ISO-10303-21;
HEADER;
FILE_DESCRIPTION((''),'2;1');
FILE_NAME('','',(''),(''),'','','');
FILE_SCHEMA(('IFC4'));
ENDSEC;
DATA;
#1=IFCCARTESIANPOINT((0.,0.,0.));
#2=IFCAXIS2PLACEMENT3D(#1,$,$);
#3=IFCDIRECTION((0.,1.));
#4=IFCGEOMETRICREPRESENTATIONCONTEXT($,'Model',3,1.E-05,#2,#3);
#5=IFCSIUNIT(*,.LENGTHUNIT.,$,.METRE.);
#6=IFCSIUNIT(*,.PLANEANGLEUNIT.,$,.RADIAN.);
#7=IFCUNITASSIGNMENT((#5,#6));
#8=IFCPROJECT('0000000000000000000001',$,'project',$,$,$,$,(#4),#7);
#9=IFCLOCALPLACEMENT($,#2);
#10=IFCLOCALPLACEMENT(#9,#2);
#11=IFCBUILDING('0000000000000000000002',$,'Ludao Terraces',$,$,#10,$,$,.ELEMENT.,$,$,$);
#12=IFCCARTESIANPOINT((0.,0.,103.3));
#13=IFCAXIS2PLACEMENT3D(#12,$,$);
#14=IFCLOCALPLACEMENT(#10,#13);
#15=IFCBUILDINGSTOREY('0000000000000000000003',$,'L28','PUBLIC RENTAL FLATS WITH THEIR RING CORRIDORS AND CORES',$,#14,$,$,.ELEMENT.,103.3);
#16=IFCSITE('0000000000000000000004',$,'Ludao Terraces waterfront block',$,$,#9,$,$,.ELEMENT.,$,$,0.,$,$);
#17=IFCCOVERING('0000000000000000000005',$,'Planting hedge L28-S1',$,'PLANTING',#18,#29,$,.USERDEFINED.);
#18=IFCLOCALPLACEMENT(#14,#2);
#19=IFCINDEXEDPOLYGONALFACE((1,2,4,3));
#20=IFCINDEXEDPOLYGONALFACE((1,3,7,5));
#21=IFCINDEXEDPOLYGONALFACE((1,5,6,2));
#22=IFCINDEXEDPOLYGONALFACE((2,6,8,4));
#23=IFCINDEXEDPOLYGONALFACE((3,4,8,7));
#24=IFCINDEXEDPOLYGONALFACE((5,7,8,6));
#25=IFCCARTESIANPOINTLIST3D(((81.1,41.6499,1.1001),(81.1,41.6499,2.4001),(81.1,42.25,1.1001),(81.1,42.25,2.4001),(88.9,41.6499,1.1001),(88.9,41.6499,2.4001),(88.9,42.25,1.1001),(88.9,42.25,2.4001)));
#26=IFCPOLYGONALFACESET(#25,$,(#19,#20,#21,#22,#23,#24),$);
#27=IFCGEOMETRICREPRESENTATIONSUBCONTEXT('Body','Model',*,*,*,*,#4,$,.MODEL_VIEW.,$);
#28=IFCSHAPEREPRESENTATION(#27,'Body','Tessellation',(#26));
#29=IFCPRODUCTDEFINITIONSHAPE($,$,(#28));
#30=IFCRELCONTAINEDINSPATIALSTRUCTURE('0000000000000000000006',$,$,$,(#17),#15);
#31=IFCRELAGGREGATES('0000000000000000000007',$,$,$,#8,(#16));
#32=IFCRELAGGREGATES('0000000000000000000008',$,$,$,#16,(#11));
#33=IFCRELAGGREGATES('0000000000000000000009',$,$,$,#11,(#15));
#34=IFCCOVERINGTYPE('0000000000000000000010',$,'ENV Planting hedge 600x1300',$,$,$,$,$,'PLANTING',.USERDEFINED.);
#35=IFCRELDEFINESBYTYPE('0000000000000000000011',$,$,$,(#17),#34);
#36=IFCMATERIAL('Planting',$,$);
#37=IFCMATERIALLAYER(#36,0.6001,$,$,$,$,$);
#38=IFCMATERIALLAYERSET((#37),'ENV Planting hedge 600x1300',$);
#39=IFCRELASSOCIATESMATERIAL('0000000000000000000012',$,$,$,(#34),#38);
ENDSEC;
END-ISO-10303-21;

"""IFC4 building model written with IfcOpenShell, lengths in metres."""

from ifc_helpers import new_model, si_unit, direction, frame, origin, origin_2d, place, context, subcontext, project, spatial, rectangle, extrude, material, layer, layer_set, type_object, element, save


model = new_model("IFC4")

# Units and contexts
model_context = context("Model", 3, precision=1e-05, world=origin(), true_north=direction((0.0, 1.0)))
body_context = subcontext(model_context, "Body", "Model", "MODEL_VIEW")
ifc_project = project(units=[si_unit("LENGTHUNIT", "METRE"), si_unit("PLANEANGLEUNIT", "RADIAN")], contexts=[model_context])

# Site, building, storey
site_placement = place(None, origin())
site = spatial("IfcSite", under=ifc_project, at=site_placement, Name="Ludao Terraces waterfront block", CompositionType="ELEMENT", RefElevation=0.0)
building_placement = place(site_placement, origin())
building = spatial("IfcBuilding", under=site, at=building_placement, Name="Ludao Terraces", CompositionType="ELEMENT")
storey_placement = place(building_placement, frame((0.0, 0.0, 103.3)))
storey = spatial("IfcBuildingStorey", under=building, at=storey_placement, Name="L28", Description="PUBLIC RENTAL FLATS WITH THEIR RING CORRIDORS AND CORES", CompositionType="ELEMENT", Elevation=103.3)

# Covering
ifc_material_1 = material(Name="Planting")
ifc_layer_1 = layer(ifc_material_1, 0.6001)
ifc_layer_set_1 = layer_set([ifc_layer_1], Name="ENV Planting hedge 600x1300")
covering_type = type_object("IfcCoveringType", Name="ENV Planting hedge 600x1300", ElementType="PLANTING", PredefinedType="USERDEFINED", material=ifc_layer_set_1)
covering_placement = place(storey_placement, frame((85.0, 41.95, 1.1001), z_axis=(0.0, 0.0, 1.0), x_axis=(1.0, 0.0, 0.0)))
element("IfcCovering", 1, at=covering_placement, inside=storey, type_object=covering_type, Name="Planting hedge L28-S1", ObjectType="PLANTING", PredefinedType="USERDEFINED", context=body_context, shape_type="SweptSolid", body=[
    extrude(rectangle(XDim=7.8, YDim=0.6001, at=origin_2d()), origin(), (0.0, 0.0, 1.0), 1.3),
])

save(model, "model.ifc")
